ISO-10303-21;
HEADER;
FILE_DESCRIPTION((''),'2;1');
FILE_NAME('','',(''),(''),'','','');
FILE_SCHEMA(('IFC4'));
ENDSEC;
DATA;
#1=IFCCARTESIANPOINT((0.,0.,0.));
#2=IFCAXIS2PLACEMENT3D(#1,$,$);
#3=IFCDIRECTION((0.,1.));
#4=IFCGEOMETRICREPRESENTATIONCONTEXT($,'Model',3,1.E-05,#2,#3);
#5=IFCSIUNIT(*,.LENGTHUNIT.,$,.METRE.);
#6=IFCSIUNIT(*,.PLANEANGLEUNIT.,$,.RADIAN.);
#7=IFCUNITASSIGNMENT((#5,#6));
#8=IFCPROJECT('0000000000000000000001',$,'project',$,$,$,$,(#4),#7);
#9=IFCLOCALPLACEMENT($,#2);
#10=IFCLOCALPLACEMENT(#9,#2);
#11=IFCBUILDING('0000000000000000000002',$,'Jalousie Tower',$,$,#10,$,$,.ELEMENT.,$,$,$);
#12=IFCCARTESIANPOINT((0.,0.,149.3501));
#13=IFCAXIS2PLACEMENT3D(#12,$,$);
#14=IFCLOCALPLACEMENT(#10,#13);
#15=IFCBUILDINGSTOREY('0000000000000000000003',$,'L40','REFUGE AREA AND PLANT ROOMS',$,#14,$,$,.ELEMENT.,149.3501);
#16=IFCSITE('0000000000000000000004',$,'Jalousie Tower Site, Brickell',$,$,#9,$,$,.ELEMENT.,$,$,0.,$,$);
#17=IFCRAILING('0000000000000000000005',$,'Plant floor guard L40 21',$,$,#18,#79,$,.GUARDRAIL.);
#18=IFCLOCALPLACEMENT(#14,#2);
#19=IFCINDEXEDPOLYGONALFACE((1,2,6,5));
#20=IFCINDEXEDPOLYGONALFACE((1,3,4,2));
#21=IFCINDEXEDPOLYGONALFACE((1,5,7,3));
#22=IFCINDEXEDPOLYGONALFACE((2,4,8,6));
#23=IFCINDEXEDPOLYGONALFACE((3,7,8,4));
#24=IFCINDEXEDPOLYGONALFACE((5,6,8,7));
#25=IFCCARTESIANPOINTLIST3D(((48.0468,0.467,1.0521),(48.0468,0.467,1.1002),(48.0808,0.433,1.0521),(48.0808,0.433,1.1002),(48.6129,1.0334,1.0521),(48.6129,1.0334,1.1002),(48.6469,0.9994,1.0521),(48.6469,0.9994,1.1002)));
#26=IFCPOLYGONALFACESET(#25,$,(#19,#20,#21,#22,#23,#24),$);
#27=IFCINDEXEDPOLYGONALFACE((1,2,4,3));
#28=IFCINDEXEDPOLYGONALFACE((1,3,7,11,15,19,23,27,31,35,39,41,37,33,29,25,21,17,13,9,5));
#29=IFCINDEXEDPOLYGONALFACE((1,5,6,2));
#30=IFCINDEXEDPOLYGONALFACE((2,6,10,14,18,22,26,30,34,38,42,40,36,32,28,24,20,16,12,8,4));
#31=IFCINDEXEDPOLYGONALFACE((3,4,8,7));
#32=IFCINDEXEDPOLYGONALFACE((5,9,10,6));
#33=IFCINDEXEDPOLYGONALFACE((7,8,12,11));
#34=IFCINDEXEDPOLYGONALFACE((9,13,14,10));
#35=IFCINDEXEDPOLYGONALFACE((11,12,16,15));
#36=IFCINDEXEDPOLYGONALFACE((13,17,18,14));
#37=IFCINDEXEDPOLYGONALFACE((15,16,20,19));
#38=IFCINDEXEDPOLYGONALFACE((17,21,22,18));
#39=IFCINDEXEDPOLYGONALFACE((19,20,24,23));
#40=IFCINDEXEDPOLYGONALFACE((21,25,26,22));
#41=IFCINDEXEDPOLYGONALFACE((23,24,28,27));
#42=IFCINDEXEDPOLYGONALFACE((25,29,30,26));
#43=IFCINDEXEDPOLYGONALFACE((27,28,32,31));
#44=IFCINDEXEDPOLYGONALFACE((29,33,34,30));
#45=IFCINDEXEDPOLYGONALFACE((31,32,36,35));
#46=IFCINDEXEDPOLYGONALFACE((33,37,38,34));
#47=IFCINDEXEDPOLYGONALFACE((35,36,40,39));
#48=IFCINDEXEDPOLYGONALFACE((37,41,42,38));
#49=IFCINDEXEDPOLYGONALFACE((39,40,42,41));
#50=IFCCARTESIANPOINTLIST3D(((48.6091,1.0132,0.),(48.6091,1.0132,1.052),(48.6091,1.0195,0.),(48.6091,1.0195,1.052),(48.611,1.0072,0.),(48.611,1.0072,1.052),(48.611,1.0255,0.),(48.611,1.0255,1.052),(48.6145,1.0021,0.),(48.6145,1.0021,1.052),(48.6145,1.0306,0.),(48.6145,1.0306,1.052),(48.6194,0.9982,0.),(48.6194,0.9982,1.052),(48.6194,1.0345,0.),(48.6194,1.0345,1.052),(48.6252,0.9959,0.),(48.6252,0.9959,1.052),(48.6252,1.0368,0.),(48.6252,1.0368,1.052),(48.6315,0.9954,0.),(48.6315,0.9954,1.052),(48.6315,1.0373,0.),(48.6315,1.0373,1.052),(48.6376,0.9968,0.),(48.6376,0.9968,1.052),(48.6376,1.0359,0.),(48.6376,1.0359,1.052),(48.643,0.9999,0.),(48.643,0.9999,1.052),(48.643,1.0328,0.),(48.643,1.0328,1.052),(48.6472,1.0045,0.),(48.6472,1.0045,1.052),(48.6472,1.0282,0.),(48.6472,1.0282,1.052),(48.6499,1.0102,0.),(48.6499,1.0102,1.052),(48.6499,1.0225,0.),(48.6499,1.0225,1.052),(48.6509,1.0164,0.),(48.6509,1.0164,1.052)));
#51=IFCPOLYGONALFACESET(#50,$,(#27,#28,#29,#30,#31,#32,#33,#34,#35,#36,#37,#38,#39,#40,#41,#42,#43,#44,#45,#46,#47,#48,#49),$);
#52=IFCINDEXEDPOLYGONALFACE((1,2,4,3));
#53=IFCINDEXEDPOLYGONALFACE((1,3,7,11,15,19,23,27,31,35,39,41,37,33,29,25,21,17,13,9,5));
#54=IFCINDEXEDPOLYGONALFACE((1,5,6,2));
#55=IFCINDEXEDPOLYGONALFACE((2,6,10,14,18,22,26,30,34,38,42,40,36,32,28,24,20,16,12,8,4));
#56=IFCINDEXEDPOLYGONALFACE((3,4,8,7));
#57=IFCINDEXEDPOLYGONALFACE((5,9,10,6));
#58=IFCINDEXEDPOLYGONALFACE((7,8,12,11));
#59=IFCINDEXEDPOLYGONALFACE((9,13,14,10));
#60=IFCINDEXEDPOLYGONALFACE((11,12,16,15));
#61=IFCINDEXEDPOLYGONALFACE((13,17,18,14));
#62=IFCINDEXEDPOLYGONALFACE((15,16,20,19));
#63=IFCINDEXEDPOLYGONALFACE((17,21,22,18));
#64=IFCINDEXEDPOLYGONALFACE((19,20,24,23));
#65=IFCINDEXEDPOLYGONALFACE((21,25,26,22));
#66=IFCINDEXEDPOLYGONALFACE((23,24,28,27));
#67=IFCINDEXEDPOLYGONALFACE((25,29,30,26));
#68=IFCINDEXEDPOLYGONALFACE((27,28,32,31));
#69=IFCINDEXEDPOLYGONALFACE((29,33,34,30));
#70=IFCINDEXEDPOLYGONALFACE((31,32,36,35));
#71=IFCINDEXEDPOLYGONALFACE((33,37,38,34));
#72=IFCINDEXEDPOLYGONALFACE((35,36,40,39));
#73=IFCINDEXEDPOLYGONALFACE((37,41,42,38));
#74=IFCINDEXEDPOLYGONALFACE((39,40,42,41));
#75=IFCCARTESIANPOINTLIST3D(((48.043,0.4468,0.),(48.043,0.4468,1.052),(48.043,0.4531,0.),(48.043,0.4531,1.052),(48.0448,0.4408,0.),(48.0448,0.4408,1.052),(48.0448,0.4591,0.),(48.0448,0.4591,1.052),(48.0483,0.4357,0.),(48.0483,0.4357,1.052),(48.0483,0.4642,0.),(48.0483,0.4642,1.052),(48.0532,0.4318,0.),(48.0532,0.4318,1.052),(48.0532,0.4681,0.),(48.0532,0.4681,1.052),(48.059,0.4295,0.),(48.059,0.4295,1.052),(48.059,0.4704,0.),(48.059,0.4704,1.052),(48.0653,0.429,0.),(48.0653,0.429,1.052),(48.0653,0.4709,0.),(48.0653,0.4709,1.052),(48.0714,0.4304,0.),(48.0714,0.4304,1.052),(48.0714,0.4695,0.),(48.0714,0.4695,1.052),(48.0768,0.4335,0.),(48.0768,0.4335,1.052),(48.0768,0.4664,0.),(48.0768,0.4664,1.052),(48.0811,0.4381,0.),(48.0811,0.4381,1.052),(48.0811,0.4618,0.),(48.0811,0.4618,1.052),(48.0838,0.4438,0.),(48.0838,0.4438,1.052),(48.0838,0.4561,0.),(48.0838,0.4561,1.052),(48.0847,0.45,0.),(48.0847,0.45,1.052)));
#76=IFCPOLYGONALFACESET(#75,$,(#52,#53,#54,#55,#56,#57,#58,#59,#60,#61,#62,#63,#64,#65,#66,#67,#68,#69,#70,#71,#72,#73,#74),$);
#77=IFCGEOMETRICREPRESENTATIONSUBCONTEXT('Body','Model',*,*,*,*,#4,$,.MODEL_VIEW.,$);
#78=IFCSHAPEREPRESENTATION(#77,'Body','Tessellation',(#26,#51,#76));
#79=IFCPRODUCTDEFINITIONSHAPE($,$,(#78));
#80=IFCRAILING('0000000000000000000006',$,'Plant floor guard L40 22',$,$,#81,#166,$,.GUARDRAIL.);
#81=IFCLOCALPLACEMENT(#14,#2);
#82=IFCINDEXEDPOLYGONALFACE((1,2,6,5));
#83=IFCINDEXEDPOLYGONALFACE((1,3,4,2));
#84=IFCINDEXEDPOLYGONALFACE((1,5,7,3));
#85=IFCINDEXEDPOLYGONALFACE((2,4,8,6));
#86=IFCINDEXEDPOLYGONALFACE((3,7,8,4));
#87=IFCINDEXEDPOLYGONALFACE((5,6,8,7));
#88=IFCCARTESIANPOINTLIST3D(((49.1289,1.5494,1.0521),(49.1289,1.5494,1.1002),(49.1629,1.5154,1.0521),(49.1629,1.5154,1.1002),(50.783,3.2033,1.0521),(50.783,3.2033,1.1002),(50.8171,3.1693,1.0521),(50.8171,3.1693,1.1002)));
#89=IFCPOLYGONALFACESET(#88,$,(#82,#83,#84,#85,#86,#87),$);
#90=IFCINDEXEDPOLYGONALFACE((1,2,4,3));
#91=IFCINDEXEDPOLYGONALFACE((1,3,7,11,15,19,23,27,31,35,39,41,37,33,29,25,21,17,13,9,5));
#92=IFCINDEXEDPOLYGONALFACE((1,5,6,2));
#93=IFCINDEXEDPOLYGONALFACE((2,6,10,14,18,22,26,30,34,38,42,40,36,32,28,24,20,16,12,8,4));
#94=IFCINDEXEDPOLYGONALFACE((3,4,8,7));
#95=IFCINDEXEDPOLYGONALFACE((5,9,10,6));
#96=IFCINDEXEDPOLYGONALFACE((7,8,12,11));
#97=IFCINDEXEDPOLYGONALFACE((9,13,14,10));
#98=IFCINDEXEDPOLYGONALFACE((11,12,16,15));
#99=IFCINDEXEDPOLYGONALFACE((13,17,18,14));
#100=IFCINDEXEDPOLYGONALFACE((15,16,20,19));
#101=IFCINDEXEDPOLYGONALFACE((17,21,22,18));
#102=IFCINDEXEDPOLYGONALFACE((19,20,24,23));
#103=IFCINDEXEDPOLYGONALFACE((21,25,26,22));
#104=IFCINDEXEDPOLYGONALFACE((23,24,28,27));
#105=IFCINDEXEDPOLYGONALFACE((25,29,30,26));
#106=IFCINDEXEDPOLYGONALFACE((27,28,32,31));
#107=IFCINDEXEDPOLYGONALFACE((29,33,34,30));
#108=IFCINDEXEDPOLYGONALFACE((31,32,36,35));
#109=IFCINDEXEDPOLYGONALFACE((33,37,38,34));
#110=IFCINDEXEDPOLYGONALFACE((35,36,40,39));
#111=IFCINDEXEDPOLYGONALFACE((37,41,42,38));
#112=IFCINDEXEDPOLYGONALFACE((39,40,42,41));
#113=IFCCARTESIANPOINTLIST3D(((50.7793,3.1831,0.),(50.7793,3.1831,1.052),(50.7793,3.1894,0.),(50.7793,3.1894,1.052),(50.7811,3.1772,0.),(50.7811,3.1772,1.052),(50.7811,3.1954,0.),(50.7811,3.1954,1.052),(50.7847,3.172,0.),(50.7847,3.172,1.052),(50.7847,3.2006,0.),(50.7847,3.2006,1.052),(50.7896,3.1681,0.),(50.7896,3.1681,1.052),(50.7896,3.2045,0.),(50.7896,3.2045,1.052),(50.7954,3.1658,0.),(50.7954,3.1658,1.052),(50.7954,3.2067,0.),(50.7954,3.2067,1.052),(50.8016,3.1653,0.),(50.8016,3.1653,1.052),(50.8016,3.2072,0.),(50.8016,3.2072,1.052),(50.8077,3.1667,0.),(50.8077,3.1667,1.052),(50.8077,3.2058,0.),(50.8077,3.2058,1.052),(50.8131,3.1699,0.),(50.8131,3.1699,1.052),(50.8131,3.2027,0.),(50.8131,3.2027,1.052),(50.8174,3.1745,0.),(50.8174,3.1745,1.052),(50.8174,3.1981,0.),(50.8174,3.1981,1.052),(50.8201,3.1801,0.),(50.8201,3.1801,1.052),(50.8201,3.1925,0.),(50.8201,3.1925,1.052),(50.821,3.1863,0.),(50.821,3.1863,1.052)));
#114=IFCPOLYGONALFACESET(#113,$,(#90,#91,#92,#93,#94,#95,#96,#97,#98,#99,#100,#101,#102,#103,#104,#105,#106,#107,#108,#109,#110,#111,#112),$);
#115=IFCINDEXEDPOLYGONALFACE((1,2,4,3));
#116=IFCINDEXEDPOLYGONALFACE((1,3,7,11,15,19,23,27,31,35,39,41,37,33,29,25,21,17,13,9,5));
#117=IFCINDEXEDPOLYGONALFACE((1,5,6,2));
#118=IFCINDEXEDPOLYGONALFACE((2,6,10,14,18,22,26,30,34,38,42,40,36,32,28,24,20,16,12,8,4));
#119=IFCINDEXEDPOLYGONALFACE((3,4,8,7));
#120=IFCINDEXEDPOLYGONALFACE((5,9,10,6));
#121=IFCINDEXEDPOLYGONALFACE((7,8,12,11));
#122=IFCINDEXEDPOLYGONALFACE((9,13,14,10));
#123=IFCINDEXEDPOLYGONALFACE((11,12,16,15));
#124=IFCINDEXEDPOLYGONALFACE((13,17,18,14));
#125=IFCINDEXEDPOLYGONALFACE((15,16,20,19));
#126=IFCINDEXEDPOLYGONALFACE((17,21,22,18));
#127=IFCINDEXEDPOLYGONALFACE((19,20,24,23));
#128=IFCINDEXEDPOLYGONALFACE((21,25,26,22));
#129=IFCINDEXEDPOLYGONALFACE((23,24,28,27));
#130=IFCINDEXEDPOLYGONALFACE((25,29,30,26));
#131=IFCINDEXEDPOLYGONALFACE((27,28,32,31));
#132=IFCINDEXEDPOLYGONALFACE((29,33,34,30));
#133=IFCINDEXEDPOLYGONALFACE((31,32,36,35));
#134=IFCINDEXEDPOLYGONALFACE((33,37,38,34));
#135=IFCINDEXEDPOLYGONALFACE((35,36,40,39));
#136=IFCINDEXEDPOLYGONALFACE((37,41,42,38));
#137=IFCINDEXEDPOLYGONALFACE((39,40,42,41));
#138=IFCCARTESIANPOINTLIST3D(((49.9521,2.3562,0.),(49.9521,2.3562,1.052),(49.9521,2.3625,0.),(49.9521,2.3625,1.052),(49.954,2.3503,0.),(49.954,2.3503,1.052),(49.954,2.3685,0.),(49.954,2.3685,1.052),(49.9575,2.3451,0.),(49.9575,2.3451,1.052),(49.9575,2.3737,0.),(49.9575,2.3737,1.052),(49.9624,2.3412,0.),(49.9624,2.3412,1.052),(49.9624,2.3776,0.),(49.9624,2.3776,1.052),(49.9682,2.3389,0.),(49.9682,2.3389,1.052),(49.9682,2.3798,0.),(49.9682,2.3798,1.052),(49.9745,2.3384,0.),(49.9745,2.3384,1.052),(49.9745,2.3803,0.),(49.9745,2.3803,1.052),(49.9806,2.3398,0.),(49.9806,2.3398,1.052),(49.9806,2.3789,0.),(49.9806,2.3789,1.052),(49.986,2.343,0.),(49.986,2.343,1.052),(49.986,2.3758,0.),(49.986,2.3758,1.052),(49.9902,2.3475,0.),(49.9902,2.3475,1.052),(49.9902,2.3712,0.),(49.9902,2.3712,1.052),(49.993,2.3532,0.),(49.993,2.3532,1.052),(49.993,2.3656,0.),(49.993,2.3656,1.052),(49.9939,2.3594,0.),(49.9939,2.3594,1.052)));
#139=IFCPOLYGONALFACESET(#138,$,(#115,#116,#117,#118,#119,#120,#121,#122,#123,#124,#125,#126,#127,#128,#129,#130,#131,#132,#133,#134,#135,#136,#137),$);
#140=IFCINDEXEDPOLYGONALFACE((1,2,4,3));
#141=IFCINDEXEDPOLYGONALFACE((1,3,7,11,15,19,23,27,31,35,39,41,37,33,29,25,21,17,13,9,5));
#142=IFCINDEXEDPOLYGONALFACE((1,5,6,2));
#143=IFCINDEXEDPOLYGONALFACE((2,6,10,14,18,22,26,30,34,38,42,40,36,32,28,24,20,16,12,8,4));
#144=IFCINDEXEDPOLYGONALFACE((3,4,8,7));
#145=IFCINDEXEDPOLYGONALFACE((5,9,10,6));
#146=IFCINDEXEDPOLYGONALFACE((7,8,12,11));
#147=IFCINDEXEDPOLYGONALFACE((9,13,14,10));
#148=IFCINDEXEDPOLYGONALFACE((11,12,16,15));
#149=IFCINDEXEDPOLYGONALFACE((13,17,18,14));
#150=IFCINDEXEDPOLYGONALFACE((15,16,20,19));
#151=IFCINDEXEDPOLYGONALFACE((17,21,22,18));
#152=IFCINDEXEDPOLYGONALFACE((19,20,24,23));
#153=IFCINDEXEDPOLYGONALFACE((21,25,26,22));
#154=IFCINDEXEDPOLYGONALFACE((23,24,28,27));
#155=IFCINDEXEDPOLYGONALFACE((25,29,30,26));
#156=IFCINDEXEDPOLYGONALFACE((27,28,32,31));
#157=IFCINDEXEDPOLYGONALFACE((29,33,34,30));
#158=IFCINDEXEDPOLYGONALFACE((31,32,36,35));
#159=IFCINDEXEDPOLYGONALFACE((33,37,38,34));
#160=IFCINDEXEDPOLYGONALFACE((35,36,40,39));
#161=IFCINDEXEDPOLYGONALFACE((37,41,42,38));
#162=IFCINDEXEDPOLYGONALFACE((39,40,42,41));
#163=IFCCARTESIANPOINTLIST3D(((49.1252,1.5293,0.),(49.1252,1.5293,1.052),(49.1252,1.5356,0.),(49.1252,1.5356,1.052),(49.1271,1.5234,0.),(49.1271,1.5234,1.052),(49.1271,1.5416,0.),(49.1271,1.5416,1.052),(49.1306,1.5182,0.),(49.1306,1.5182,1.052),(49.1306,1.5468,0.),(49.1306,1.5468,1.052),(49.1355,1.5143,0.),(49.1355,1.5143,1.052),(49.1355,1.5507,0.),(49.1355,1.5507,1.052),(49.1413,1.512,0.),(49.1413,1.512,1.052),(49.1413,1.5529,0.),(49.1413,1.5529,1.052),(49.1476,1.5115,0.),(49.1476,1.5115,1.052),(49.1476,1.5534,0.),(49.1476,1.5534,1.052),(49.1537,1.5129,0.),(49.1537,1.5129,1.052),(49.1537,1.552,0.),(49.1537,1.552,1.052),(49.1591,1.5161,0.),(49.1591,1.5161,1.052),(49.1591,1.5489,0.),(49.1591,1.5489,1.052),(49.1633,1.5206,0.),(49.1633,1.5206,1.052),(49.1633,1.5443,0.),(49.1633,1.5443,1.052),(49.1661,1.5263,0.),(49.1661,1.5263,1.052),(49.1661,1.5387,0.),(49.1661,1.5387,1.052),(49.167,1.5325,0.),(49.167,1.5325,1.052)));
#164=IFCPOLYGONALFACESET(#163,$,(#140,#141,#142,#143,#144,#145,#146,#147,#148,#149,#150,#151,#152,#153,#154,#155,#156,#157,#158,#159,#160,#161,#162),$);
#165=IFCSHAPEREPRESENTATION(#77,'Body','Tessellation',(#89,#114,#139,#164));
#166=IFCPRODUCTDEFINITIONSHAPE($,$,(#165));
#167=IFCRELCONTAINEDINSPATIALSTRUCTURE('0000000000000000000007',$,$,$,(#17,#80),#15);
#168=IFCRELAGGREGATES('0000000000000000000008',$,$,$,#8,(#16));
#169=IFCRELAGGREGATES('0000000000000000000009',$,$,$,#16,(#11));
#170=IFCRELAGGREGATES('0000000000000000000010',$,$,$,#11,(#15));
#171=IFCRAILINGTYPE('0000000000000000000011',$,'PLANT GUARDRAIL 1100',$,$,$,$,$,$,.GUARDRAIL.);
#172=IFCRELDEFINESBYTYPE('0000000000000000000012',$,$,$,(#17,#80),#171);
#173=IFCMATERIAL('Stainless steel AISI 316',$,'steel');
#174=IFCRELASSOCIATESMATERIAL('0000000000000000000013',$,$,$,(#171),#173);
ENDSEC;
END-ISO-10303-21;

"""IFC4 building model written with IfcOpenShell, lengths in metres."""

from ifc_helpers import new_model, si_unit, direction, frame, origin, origin_2d, place, context, subcontext, project, spatial, rectangle, circle, extrude, material, type_object, element, save


model = new_model("IFC4")

# Units and contexts
model_context = context("Model", 3, precision=1e-05, world=origin(), true_north=direction((0.0, 1.0)))
body_context = subcontext(model_context, "Body", "Model", "MODEL_VIEW")
ifc_project = project(units=[si_unit("LENGTHUNIT", "METRE"), si_unit("PLANEANGLEUNIT", "RADIAN")], contexts=[model_context])

# Site, building, storey
site_placement = place(None, origin())
site = spatial("IfcSite", under=ifc_project, at=site_placement, Name="Jalousie Tower Site, Brickell", CompositionType="ELEMENT", RefElevation=0.0)
building_placement = place(site_placement, origin())
building = spatial("IfcBuilding", under=site, at=building_placement, Name="Jalousie Tower", CompositionType="ELEMENT")
storey_placement = place(building_placement, frame((0.0, 0.0, 149.3501)))
storey = spatial("IfcBuildingStorey", under=building, at=storey_placement, Name="L40", Description="REFUGE AREA AND PLANT ROOMS", CompositionType="ELEMENT", Elevation=149.3501)

# Railings
ifc_material_1 = material(Name="Stainless steel AISI 316", Category="steel")
railing_type = type_object("IfcRailingType", Name="PLANT GUARDRAIL 1100", PredefinedType="GUARDRAIL", material=ifc_material_1)
railing_1_placement = place(storey_placement, frame((48.6299, 1.0164, 0.0)))
element("IfcRailing", 1, at=railing_1_placement, inside=storey, type_object=railing_type, Name="Plant floor guard L40 21", PredefinedType="GUARDRAIL", context=body_context, shape_type="SweptSolid", body=[
    extrude(rectangle(XDim=0.0481, YDim=0.0481, at=origin_2d()), frame((0.0, 0.0, 1.0762), z_axis=(-0.706954, -0.707259, 0.0), x_axis=(0.707259, -0.706954, 0.0)), (0.0, 0.0, 1.0), 0.8008),
    extrude(circle(Radius=0.021, at=origin_2d()), origin(), (0.0, 0.0, 1.0), 1.052),
    extrude(circle(Radius=0.021, at=origin_2d()), frame((-0.5662, -0.5664, 0.0)), (0.0, 0.0, 1.0), 1.052),
])
railing_2_placement = place(storey_placement, frame((50.8, 3.1863, 0.0)))
element("IfcRailing", 2, at=railing_2_placement, inside=storey, type_object=railing_type, Name="Plant floor guard L40 22", PredefinedType="GUARDRAIL", context=body_context, shape_type="SweptSolid", body=[
    extrude(rectangle(XDim=0.0481, YDim=0.0481, at=origin_2d()), frame((0.0, 0.0, 1.0762), z_axis=(-0.707159, -0.707055, 0.0), x_axis=(0.707055, -0.707159, 0.0)), (0.0, 0.0, 1.0), 2.3391),
    extrude(circle(Radius=0.021, at=origin_2d()), origin(), (0.0, 0.0, 1.0), 1.052),
    extrude(circle(Radius=0.021, at=origin_2d()), frame((-0.8271, -0.8269, 0.0)), (0.0, 0.0, 1.0), 1.052),
    extrude(circle(Radius=0.021, at=origin_2d()), frame((-1.6541, -1.6538, 0.0)), (0.0, 0.0, 1.0), 1.052),
])

save(model, "model.ifc")
